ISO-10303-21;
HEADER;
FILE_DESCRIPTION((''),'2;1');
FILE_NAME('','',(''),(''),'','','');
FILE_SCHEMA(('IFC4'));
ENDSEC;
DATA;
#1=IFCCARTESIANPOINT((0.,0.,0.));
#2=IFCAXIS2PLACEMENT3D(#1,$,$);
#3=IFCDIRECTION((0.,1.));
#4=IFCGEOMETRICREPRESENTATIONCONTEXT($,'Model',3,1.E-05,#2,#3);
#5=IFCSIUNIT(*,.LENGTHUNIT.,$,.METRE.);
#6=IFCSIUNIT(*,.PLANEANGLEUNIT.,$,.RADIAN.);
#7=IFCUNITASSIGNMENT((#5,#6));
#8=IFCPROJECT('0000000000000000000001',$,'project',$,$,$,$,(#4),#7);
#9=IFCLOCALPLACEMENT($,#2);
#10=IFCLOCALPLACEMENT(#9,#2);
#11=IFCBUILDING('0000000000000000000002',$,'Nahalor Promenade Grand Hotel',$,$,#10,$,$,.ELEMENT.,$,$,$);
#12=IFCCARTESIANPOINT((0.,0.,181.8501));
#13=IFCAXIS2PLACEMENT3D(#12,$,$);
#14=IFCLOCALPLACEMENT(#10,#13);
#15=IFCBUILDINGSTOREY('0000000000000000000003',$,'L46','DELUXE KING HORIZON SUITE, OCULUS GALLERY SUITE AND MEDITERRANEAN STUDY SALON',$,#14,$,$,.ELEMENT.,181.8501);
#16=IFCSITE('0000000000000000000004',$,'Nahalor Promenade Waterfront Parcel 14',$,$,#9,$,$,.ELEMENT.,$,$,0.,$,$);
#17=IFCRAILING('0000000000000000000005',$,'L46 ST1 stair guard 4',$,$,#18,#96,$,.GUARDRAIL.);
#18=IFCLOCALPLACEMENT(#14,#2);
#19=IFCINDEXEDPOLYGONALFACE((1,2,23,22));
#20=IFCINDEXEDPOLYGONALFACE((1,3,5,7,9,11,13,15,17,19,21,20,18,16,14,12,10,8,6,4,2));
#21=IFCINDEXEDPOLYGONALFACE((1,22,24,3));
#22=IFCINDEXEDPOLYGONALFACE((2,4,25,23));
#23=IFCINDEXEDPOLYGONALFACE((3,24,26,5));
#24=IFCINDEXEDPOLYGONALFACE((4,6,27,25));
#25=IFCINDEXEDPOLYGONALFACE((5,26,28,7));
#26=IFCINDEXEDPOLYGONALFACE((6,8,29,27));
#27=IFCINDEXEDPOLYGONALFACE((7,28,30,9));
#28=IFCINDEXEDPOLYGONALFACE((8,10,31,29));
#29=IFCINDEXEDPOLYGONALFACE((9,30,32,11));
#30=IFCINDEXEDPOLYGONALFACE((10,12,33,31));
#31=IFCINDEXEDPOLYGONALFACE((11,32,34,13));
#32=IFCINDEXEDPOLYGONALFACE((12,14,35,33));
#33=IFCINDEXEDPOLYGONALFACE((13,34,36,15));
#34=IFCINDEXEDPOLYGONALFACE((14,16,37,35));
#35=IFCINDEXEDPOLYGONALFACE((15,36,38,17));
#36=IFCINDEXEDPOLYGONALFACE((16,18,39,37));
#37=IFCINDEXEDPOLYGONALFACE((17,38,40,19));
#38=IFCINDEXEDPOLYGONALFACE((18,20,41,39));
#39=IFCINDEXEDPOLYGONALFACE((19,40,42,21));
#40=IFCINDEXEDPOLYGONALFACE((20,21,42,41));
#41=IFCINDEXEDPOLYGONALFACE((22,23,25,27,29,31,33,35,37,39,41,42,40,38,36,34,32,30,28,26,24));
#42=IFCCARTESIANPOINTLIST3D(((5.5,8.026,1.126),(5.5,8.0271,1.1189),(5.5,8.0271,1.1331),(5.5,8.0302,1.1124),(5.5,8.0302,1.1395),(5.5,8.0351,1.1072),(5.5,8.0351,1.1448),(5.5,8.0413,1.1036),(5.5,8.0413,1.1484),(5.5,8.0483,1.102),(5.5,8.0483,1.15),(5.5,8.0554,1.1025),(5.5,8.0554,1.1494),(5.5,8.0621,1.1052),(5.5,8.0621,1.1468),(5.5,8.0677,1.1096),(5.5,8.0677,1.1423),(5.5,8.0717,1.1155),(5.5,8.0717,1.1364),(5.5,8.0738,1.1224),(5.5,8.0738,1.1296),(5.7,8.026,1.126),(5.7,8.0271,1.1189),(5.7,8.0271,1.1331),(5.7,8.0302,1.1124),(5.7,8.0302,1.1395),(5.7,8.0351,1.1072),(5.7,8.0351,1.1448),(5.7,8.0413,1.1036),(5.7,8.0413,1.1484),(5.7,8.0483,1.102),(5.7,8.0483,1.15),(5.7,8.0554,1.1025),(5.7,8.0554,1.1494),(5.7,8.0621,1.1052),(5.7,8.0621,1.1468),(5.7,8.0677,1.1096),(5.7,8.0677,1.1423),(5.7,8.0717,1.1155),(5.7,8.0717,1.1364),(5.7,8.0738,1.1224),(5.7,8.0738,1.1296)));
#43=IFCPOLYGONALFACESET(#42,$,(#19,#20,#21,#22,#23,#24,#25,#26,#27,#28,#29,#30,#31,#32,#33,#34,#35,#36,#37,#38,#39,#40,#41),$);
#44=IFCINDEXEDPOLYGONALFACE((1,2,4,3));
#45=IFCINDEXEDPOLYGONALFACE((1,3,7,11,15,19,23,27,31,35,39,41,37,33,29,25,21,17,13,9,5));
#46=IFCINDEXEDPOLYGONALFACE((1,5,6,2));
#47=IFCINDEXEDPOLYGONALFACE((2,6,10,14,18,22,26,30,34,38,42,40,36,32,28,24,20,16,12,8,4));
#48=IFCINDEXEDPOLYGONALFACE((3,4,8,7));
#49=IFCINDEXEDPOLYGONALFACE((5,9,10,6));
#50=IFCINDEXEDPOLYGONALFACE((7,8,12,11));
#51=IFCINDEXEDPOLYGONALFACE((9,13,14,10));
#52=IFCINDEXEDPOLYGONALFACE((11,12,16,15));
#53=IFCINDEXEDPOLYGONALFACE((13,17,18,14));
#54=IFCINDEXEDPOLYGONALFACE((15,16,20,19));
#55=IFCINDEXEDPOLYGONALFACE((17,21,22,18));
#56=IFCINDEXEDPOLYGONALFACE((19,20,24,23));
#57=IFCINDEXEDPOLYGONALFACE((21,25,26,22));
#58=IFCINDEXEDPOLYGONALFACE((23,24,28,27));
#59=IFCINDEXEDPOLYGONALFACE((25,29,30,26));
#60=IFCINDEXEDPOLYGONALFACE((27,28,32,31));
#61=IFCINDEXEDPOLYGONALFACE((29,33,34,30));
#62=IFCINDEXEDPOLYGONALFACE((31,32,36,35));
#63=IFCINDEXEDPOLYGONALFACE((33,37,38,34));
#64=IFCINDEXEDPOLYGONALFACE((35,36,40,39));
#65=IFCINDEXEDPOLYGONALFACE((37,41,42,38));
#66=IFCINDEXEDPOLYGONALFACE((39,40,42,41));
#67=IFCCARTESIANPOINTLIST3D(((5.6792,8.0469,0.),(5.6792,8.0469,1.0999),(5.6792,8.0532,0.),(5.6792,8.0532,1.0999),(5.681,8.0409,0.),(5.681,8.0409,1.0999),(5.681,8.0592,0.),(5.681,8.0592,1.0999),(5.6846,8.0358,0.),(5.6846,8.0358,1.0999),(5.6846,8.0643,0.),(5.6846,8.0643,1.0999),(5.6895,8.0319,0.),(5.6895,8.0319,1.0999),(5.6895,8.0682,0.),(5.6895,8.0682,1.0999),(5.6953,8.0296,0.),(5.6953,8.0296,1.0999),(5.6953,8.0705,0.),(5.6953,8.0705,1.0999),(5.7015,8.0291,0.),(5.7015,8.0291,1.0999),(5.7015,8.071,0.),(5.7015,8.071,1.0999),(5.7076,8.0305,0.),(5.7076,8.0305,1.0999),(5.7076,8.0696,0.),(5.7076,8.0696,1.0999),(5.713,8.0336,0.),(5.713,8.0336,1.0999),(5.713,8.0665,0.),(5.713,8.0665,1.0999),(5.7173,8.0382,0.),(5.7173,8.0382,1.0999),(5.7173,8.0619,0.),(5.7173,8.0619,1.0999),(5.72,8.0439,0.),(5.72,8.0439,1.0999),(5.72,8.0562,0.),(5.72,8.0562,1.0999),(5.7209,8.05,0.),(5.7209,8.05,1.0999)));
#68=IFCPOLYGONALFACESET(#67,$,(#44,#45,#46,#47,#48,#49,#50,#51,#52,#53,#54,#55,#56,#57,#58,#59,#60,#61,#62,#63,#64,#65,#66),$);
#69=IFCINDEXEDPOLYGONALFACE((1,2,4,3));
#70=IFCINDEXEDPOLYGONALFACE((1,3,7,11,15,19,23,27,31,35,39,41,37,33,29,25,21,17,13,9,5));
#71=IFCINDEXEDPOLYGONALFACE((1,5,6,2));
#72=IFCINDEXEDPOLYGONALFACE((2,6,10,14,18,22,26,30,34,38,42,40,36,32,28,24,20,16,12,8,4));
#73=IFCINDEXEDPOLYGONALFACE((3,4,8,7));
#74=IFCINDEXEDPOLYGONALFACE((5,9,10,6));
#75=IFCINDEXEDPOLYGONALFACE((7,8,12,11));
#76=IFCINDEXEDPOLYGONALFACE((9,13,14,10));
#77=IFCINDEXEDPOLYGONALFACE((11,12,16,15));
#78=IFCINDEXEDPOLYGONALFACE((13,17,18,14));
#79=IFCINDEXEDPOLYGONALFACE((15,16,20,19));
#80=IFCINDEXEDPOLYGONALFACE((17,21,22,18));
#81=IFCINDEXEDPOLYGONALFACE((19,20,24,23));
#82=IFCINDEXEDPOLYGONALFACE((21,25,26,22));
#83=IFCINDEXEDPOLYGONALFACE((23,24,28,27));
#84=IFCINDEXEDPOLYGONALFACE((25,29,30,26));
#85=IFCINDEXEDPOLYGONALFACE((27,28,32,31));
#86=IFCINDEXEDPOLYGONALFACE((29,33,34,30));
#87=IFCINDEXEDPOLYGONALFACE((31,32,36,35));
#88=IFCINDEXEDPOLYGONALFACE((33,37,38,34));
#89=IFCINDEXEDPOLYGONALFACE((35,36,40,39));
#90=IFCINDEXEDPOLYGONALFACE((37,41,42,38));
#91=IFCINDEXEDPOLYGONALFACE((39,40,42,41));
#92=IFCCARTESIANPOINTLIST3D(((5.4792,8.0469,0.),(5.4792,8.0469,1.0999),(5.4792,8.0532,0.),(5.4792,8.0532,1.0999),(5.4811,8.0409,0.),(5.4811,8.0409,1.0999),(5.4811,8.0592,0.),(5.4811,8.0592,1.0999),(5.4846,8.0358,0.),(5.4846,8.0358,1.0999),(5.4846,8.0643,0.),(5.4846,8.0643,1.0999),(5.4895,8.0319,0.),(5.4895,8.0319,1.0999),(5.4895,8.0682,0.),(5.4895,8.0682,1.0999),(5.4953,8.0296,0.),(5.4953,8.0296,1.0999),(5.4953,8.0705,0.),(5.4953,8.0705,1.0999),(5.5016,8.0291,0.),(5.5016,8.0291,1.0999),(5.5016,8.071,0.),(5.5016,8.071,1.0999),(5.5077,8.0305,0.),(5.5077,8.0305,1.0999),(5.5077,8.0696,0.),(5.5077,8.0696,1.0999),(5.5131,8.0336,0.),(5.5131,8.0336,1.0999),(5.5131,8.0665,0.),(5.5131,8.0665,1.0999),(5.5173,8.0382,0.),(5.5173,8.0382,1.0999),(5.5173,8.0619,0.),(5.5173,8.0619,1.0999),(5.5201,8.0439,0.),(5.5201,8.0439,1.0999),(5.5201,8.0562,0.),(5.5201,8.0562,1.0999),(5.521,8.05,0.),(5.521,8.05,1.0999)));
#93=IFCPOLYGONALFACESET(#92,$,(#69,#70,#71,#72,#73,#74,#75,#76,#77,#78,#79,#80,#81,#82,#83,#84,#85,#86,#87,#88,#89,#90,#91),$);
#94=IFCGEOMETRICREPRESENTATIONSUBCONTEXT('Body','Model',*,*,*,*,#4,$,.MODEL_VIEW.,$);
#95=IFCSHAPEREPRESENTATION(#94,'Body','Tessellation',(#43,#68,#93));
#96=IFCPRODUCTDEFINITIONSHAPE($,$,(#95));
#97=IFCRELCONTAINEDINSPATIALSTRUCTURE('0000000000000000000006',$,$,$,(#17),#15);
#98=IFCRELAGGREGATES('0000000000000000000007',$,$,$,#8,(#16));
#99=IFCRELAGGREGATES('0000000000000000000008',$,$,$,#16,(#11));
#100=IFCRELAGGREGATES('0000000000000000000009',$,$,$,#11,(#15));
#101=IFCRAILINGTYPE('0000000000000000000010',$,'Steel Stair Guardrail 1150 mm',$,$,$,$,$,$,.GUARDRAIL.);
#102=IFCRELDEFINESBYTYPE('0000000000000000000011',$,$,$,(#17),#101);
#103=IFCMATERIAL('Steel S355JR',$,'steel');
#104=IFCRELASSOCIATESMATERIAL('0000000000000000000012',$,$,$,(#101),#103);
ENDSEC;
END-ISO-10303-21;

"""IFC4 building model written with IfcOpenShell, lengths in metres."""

from ifc_helpers import new_model, si_unit, direction, frame, origin, origin_2d, place, context, subcontext, project, spatial, circle, extrude, material, type_object, element, save


model = new_model("IFC4")

# Units and contexts
model_context = context("Model", 3, precision=1e-05, world=origin(), true_north=direction((0.0, 1.0)))
body_context = subcontext(model_context, "Body", "Model", "MODEL_VIEW")
ifc_project = project(units=[si_unit("LENGTHUNIT", "METRE"), si_unit("PLANEANGLEUNIT", "RADIAN")], contexts=[model_context])

# Site, building, storey
site_placement = place(None, origin())
site = spatial("IfcSite", under=ifc_project, at=site_placement, Name="Nahalor Promenade Waterfront Parcel 14", CompositionType="ELEMENT", RefElevation=0.0)
building_placement = place(site_placement, origin())
building = spatial("IfcBuilding", under=site, at=building_placement, Name="Nahalor Promenade Grand Hotel", CompositionType="ELEMENT")
storey_placement = place(building_placement, frame((0.0, 0.0, 181.8501)))
storey = spatial("IfcBuildingStorey", under=building, at=storey_placement, Name="L46", Description="DELUXE KING HORIZON SUITE, OCULUS GALLERY SUITE AND MEDITERRANEAN STUDY SALON", CompositionType="ELEMENT", Elevation=181.8501)

# Shared definitions
ifc_material_1 = material(Name="Steel S355JR", Category="steel")

# Railing
railing_type_1 = type_object("IfcRailingType", Name="Steel Stair Guardrail 1150 mm", PredefinedType="GUARDRAIL", material=ifc_material_1)
railing_1_placement = place(storey_placement, frame((5.7, 8.05, 0.0)))
element("IfcRailing", 1, at=railing_1_placement, inside=storey, type_object=railing_type_1, Name="L46 ST1 stair guard 4", PredefinedType="GUARDRAIL", context=body_context, shape_type="SweptSolid", body=[
    extrude(circle(Radius=0.024, at=origin_2d()), frame((0.0, 0.0, 1.126), z_axis=(-1.0, 0.0, 0.0), x_axis=(0.0, -1.0, 0.0)), (0.0, 0.0, 1.0), 0.2),
    extrude(circle(Radius=0.021, at=origin_2d()), origin(), (0.0, 0.0, 1.0), 1.0999),
    extrude(circle(Radius=0.021, at=origin_2d()), frame((-0.2, 0.0, 0.0)), (0.0, 0.0, 1.0), 1.0999),
])

save(model, "model.ifc")
